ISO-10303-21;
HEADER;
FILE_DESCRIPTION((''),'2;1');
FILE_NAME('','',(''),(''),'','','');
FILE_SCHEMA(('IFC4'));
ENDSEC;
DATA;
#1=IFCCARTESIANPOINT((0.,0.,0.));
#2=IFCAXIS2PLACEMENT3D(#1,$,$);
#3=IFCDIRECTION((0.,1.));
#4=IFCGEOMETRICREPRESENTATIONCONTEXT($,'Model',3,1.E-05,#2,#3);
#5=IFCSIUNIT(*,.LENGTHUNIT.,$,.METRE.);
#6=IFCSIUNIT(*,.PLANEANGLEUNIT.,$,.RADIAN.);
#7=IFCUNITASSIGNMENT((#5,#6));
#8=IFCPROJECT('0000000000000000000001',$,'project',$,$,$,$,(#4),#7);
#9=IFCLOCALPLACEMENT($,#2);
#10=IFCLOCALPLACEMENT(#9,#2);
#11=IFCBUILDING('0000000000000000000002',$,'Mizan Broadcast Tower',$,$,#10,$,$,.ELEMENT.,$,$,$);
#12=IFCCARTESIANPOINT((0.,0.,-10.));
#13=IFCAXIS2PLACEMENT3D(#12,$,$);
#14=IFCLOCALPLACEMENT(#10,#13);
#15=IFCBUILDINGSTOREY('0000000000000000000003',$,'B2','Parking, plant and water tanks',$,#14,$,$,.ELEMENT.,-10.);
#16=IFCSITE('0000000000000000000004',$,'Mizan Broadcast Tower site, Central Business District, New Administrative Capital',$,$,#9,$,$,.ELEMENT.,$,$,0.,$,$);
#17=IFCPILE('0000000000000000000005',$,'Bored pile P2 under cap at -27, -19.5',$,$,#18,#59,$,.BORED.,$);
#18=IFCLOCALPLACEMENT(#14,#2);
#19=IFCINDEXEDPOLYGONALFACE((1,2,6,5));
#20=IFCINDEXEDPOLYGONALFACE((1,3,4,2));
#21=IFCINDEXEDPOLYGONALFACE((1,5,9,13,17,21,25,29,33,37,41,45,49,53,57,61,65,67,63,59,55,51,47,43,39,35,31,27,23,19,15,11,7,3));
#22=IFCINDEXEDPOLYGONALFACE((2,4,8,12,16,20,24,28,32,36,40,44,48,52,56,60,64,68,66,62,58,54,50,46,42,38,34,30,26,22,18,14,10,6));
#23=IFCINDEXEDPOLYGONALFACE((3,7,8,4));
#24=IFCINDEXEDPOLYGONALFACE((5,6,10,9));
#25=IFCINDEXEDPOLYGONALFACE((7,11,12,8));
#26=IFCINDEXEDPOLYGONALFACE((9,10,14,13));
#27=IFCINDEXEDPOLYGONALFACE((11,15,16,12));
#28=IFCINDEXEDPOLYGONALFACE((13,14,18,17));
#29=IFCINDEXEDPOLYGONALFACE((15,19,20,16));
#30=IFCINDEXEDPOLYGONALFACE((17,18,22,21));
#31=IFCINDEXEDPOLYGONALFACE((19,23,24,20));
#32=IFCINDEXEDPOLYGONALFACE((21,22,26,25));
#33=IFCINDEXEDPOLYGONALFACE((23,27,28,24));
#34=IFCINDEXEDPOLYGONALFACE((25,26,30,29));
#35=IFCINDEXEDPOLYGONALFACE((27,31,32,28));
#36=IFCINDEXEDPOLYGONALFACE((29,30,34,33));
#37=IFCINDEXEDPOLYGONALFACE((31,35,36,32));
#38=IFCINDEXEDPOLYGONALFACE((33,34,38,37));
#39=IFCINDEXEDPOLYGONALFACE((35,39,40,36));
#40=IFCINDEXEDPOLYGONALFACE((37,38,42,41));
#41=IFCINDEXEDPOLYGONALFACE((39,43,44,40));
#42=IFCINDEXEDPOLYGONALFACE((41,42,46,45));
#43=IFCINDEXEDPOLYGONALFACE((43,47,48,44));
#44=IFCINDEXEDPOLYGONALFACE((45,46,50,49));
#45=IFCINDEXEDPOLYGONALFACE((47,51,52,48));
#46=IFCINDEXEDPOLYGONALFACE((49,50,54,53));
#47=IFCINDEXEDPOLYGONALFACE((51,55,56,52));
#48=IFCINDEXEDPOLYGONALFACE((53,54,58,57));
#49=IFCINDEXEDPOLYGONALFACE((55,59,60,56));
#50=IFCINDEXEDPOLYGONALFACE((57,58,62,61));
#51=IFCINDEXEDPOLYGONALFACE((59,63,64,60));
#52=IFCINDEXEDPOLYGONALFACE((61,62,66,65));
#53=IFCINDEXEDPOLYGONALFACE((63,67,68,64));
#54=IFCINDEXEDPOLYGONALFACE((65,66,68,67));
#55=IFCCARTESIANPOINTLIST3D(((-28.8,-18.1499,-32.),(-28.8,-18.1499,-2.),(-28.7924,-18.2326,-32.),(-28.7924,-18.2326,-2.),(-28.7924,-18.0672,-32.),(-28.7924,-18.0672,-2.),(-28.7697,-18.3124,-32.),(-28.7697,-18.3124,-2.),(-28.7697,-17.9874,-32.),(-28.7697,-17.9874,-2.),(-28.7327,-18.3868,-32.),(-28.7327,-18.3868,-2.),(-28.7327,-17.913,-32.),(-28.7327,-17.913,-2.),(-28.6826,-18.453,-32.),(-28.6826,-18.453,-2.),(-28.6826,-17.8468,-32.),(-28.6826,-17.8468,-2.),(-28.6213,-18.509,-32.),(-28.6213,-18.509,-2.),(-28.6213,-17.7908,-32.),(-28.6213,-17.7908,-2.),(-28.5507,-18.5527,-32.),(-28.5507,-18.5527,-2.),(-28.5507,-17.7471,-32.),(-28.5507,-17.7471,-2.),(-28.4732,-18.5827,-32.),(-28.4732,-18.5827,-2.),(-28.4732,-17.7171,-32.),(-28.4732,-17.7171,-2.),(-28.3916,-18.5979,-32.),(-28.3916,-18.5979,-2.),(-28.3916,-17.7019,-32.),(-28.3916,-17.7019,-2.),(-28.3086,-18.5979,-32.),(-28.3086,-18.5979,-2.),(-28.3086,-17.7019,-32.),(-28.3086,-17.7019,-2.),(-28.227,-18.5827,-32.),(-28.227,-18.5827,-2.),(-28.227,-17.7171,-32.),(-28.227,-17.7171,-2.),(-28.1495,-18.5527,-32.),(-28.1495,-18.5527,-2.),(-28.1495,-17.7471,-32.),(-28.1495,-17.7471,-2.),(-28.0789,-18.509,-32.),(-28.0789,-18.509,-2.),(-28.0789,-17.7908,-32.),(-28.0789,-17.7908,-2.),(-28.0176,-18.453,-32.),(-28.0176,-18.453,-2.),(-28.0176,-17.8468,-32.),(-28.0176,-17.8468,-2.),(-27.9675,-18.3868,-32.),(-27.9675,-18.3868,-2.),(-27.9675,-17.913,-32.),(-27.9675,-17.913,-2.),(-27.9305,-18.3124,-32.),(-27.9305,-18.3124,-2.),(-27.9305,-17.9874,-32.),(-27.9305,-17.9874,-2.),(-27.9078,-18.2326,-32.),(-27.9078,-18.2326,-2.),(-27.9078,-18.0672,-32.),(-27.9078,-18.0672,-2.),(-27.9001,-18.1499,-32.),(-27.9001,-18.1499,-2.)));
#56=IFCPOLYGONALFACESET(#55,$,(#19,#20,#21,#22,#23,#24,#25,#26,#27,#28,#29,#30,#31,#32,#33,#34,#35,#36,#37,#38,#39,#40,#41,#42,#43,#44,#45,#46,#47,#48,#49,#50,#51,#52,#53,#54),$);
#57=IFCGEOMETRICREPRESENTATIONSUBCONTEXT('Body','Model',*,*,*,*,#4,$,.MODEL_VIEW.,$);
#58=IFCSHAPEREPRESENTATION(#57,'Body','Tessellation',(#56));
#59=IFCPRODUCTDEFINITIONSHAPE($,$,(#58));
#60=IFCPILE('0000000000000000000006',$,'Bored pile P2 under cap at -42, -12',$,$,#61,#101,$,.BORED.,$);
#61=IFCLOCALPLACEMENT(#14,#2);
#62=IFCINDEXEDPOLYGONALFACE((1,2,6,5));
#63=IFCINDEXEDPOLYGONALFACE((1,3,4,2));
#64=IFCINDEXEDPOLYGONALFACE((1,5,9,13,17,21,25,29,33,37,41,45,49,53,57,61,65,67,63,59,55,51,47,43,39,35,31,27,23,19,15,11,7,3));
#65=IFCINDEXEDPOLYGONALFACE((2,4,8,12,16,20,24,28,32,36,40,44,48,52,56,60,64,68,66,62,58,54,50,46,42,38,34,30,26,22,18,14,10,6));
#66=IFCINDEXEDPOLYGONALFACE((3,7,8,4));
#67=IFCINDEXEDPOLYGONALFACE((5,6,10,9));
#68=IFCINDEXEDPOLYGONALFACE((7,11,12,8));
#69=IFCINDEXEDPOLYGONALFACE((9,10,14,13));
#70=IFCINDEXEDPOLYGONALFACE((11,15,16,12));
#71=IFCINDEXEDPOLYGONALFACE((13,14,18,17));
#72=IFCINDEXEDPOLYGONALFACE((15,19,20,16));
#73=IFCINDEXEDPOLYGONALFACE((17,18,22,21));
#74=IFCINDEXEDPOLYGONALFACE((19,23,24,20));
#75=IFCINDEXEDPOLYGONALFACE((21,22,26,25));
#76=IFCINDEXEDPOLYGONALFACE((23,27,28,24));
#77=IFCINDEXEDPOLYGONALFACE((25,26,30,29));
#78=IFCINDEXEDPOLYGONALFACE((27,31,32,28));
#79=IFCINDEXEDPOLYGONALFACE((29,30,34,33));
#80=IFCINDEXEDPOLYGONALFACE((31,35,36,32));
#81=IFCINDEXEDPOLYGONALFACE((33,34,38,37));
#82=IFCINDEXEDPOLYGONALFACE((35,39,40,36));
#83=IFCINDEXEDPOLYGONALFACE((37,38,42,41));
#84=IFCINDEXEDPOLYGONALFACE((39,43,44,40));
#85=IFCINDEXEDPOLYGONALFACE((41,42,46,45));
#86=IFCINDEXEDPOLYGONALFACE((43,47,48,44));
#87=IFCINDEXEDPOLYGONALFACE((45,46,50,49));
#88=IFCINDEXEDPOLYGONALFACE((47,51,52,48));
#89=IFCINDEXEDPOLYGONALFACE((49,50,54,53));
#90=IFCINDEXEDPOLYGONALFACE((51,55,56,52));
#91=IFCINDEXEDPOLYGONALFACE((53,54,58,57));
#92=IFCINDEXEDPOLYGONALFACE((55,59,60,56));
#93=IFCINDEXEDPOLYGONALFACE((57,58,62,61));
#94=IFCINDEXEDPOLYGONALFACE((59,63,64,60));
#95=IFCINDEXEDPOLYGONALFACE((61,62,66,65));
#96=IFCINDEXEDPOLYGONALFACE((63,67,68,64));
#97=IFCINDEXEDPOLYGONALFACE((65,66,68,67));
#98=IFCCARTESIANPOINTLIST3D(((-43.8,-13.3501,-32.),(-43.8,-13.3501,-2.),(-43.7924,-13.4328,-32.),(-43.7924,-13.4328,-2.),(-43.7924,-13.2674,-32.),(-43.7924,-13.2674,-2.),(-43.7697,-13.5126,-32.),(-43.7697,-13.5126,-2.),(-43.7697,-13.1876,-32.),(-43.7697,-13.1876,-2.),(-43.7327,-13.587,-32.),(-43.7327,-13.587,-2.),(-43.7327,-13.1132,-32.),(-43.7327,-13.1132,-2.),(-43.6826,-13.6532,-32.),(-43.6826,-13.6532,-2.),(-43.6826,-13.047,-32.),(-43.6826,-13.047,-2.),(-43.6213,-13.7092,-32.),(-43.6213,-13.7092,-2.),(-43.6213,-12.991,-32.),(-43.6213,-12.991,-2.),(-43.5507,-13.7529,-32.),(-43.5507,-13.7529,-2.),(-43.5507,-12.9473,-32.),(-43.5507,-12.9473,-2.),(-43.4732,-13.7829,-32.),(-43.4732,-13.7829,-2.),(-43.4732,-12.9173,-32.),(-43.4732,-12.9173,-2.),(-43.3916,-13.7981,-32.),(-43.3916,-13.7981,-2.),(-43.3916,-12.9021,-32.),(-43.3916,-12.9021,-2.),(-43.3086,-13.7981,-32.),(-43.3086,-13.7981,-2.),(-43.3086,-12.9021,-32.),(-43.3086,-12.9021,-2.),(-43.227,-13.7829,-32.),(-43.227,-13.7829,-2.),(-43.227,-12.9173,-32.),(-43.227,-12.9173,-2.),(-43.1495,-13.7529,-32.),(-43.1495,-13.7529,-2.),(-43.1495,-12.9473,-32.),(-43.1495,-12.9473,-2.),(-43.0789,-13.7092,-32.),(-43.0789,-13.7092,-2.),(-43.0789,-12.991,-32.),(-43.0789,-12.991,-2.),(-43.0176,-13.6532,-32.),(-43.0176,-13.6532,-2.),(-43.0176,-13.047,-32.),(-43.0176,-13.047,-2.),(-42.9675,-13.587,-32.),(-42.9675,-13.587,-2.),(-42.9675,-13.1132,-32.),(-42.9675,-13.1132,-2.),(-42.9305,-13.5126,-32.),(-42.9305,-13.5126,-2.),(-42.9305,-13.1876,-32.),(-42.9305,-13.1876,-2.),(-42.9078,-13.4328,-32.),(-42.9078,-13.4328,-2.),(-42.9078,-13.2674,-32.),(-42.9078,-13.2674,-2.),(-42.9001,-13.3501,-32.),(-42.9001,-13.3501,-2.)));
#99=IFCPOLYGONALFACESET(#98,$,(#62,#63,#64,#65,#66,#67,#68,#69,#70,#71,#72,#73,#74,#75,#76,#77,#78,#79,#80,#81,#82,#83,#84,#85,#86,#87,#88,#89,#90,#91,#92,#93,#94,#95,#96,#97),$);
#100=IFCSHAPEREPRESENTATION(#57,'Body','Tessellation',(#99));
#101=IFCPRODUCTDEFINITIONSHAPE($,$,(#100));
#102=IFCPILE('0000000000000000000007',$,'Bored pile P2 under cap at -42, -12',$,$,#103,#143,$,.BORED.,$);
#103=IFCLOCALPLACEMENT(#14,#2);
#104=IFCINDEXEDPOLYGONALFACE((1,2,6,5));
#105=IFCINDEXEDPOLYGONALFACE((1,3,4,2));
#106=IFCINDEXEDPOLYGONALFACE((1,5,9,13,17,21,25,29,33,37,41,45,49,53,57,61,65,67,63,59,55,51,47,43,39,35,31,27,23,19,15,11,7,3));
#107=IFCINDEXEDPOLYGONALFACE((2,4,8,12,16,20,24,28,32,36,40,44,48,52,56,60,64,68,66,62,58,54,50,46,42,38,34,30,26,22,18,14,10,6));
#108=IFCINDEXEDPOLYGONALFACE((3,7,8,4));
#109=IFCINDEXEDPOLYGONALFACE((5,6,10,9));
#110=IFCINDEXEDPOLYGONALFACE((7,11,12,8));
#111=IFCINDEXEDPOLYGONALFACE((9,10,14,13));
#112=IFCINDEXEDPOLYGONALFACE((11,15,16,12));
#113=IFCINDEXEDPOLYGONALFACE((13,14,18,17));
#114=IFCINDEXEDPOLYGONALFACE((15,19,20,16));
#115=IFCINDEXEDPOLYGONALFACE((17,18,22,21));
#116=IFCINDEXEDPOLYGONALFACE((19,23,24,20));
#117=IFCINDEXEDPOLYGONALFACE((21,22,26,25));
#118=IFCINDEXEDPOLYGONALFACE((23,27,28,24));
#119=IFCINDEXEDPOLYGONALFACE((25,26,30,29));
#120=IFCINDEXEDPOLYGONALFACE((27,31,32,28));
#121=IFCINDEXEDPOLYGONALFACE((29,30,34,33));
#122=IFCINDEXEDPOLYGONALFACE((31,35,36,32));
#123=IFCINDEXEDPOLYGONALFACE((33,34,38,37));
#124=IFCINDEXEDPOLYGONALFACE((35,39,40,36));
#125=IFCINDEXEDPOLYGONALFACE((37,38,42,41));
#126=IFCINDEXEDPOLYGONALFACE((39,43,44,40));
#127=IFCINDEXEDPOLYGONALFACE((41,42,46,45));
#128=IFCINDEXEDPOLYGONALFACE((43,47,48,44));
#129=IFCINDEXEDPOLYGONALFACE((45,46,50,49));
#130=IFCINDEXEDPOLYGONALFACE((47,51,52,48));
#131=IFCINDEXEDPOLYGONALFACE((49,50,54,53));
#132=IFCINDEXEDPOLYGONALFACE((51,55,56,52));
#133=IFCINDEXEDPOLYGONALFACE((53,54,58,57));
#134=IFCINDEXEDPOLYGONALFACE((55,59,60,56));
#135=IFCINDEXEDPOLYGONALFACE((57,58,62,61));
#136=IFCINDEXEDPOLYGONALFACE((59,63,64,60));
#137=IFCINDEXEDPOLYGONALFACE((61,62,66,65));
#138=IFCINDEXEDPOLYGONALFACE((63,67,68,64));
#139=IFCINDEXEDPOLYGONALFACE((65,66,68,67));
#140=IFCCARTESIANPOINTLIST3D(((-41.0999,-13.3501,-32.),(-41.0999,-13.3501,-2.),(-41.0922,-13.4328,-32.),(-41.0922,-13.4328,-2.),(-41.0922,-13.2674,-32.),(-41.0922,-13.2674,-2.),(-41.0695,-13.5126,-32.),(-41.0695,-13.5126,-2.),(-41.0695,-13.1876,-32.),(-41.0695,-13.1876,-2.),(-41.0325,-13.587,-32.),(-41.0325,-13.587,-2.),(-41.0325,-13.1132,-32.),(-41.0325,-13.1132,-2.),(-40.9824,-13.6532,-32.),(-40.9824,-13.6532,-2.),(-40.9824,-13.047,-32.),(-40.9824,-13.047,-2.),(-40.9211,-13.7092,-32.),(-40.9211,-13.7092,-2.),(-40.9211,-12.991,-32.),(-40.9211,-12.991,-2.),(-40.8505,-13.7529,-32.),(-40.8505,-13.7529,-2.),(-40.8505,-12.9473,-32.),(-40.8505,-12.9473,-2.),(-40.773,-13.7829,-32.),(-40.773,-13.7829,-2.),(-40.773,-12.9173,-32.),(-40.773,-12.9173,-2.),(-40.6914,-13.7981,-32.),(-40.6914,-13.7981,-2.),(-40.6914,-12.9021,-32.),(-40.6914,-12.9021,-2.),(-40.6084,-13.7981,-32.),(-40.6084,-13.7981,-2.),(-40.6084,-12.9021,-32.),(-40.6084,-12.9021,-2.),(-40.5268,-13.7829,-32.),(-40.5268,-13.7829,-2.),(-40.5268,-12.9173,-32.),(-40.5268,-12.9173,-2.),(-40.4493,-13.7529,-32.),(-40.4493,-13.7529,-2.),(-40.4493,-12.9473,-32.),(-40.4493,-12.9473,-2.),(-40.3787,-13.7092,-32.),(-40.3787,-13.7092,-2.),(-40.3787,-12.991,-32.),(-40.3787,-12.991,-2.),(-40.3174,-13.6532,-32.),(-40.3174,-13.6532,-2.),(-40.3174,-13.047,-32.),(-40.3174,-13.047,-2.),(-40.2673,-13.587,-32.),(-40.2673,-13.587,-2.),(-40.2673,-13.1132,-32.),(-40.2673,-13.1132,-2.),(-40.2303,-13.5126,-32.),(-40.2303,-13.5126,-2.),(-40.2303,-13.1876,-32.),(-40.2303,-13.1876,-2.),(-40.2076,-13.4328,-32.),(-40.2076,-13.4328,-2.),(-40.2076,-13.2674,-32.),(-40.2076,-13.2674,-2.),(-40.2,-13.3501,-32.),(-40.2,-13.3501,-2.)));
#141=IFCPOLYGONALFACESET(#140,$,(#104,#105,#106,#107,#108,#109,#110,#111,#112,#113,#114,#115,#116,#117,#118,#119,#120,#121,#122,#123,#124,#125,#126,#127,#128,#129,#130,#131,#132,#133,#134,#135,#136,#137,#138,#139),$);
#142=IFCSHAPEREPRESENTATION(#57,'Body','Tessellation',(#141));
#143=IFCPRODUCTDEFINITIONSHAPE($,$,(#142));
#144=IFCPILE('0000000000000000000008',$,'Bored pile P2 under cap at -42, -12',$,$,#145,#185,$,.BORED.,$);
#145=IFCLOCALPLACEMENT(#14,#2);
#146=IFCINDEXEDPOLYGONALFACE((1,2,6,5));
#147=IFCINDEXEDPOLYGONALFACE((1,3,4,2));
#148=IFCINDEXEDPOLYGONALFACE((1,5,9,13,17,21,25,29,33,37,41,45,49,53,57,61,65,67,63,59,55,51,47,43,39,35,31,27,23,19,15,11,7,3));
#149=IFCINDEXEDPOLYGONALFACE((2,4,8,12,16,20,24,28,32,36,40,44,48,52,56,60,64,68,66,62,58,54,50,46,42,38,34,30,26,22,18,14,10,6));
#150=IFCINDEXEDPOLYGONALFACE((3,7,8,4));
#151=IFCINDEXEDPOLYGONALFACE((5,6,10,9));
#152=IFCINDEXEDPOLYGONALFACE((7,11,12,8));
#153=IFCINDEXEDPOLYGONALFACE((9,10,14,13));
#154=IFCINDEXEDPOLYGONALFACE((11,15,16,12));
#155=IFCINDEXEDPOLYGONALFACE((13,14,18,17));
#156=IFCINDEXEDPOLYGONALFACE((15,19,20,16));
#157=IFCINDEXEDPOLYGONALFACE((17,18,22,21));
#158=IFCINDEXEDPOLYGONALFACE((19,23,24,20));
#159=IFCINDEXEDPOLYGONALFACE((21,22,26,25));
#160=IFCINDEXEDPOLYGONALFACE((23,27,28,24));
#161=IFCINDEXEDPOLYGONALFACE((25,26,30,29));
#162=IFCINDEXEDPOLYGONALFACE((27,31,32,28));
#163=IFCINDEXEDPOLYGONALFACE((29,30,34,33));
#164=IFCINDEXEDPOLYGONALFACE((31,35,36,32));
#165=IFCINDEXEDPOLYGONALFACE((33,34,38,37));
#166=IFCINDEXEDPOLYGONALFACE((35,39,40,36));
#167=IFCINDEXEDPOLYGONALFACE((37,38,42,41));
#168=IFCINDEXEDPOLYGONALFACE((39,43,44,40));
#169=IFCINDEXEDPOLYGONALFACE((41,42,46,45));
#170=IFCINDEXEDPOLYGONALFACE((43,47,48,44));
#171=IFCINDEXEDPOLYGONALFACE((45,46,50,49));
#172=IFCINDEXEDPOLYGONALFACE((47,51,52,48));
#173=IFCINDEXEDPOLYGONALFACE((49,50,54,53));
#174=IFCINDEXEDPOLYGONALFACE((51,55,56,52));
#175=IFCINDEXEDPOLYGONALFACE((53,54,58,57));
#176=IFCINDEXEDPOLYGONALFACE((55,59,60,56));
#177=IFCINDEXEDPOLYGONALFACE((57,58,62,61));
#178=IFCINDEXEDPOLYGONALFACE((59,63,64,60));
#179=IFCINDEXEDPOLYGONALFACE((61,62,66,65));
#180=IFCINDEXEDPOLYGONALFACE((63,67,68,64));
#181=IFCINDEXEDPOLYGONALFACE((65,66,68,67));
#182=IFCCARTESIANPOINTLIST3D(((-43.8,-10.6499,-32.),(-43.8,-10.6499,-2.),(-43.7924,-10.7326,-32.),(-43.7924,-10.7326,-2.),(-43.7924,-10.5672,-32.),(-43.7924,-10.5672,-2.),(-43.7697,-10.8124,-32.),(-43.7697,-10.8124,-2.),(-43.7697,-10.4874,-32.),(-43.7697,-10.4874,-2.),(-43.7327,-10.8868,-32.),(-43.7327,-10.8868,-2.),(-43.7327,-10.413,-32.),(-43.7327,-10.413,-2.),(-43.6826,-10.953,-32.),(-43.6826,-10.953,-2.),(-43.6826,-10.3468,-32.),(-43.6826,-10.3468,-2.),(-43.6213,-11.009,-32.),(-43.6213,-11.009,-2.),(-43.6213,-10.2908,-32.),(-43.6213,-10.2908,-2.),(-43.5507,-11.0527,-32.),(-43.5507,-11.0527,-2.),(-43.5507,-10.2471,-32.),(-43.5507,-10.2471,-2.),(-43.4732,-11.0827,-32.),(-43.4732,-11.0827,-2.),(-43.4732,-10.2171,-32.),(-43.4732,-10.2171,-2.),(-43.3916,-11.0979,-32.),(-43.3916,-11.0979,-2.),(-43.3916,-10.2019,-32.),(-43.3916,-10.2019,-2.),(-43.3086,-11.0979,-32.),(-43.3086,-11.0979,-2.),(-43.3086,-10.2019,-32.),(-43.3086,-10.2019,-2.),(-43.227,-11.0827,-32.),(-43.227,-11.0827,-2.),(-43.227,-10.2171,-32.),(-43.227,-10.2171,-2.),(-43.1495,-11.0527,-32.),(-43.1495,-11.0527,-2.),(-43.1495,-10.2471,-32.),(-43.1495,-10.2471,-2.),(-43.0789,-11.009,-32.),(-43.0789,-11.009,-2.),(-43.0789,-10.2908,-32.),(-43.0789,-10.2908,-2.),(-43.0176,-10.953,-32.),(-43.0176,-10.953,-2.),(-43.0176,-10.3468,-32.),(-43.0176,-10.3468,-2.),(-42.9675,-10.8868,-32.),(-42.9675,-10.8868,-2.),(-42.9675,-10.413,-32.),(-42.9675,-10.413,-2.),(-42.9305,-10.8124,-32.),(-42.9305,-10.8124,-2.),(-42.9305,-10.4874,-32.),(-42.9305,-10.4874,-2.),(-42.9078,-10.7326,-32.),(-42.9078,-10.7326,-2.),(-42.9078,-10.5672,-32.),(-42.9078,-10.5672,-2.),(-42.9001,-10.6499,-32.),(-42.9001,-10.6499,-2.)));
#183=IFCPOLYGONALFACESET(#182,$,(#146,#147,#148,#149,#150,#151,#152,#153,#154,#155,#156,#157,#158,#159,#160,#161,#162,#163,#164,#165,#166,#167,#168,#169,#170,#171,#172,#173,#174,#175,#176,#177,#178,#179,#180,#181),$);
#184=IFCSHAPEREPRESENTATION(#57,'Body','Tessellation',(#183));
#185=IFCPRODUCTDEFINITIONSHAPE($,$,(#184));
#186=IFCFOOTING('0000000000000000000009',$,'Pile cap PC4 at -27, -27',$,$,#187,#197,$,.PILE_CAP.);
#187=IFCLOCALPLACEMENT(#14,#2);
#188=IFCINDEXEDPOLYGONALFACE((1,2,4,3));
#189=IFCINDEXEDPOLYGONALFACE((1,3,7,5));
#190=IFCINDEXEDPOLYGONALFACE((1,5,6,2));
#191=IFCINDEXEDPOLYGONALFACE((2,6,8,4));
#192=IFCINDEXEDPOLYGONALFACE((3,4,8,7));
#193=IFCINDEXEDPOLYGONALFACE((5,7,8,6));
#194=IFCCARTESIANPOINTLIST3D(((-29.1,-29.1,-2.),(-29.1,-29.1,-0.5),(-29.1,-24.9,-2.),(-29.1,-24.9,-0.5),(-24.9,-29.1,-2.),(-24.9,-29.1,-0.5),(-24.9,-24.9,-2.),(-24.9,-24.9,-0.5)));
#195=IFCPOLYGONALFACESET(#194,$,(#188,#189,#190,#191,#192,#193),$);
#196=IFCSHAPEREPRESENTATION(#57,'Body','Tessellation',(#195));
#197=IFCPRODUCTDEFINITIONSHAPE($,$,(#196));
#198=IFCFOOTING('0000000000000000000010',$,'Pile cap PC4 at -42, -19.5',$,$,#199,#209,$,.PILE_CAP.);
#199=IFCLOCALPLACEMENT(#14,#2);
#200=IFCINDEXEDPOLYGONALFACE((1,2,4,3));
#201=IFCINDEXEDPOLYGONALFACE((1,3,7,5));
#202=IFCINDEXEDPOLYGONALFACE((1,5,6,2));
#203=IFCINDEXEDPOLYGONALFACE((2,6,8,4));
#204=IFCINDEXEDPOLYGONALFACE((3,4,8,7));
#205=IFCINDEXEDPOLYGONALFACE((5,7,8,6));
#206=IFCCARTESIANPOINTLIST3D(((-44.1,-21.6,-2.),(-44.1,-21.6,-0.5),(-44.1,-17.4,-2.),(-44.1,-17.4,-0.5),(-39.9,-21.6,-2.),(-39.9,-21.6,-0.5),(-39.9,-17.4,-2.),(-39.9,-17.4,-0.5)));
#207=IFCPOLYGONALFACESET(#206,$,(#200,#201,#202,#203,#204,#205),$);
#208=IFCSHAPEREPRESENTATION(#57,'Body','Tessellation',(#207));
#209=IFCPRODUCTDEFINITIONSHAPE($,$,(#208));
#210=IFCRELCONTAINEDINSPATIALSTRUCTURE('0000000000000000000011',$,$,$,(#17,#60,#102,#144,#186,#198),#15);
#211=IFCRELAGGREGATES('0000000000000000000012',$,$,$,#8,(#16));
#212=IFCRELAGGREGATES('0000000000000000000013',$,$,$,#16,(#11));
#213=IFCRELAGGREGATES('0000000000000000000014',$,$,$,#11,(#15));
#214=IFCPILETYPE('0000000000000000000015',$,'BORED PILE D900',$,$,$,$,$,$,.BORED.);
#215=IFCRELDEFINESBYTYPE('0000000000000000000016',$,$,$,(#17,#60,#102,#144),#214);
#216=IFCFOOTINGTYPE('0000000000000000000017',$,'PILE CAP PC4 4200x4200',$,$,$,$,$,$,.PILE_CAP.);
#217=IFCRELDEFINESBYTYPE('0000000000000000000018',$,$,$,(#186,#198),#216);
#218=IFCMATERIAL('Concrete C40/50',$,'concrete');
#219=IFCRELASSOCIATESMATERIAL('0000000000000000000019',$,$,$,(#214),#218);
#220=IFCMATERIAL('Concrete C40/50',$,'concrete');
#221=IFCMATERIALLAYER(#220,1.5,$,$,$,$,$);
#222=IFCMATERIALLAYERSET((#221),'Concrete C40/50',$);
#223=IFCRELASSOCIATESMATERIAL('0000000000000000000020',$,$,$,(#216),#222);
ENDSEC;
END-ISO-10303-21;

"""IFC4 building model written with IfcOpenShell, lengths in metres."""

from ifc_helpers import new_model, si_unit, direction, frame, origin, origin_2d, place, context, subcontext, project, spatial, rectangle, circle, extrude, material, layer, layer_set, material_profile, profile_set, type_object, element, save


model = new_model("IFC4")

# Units and contexts
model_context = context("Model", 3, precision=1e-05, world=origin(), true_north=direction((0.0, 1.0)))
body_context = subcontext(model_context, "Body", "Model", "MODEL_VIEW")
ifc_project = project(units=[si_unit("LENGTHUNIT", "METRE"), si_unit("PLANEANGLEUNIT", "RADIAN")], contexts=[model_context])

# Site, building, storey
site_placement = place(None, origin())
site = spatial("IfcSite", under=ifc_project, at=site_placement, Name="Mizan Broadcast Tower site, Central Business District, New Administrative Capital", CompositionType="ELEMENT", RefElevation=0.0)
building_placement = place(site_placement, origin())
building = spatial("IfcBuilding", under=site, at=building_placement, Name="Mizan Broadcast Tower", CompositionType="ELEMENT")
storey_placement = place(building_placement, frame((0.0, 0.0, -10.0)))
storey = spatial("IfcBuildingStorey", under=building, at=storey_placement, Name="B2", Description="Parking, plant and water tanks", CompositionType="ELEMENT", Elevation=-10.0)

# Piles
ifc_material_1 = material(Name="Concrete C40/50", Category="concrete")
ifc_material_profile_1 = material_profile(ifc_material_1, circle(Radius=0.45, at=origin_2d()), Name="D900")
ifc_profile_set_1 = profile_set([ifc_material_profile_1], Name="Concrete C40/50")
pile_type_1 = type_object("IfcPileType", Name="BORED PILE D900", PredefinedType="BORED", material=ifc_profile_set_1)
for number, where, z_axis, x_axis, name in (
    (1, (-28.3501, -18.1499, -2.0), (0.0, 0.0, -1.0), (1.0, 0.0, 0.0), "Bored pile P2 under cap at -27, -19.5"),
    (2, (-43.3501, -13.3501, -2.0), (0.0, 0.0, -1.0), (1.0, 0.0, 0.0), "Bored pile P2 under cap at -42, -12"),
    (3, (-40.6499, -13.3501, -2.0), (0.0, 0.0, -1.0), (1.0, 0.0, 0.0), "Bored pile P2 under cap at -42, -12"),
    (4, (-43.3501, -10.6499, -2.0), (0.0, 0.0, -1.0), (1.0, 0.0, 0.0), "Bored pile P2 under cap at -42, -12"),
):
    element("IfcPile", number, at=place(storey_placement, frame(where, z_axis=z_axis, x_axis=x_axis)), inside=storey, type_object=pile_type_1, Name=name, PredefinedType="BORED", context=body_context, shape_type="SweptSolid", body=[
        extrude(circle(Radius=0.45, at=origin_2d()), origin(), (0.0, 0.0, 1.0), 30.0),
    ])

# Footings
ifc_material_2 = material(Name="Concrete C40/50", Category="concrete")
ifc_layer = layer(ifc_material_2, 1.5)
ifc_layer_set = layer_set([ifc_layer], Name="Concrete C40/50")
footing_type = type_object("IfcFootingType", Name="PILE CAP PC4 4200x4200", PredefinedType="PILE_CAP", material=ifc_layer_set)
for number, where, z_axis, x_axis, name in (
    (5, (-27.0, -27.0, -2.0), (0.0, 0.0, 1.0), (1.0, 0.0, 0.0), "Pile cap PC4 at -27, -27"),
    (6, (-42.0, -19.5, -2.0), (0.0, 0.0, 1.0), (1.0, 0.0, 0.0), "Pile cap PC4 at -42, -19.5"),
):
    element("IfcFooting", number, at=place(storey_placement, frame(where, z_axis=z_axis, x_axis=x_axis)), inside=storey, type_object=footing_type, Name=name, PredefinedType="PILE_CAP", context=body_context, shape_type="SweptSolid", body=[
        extrude(rectangle(XDim=4.2, YDim=4.2, at=origin_2d()), origin(), (0.0, 0.0, 1.0), 1.5),
    ])

save(model, "model.ifc")
